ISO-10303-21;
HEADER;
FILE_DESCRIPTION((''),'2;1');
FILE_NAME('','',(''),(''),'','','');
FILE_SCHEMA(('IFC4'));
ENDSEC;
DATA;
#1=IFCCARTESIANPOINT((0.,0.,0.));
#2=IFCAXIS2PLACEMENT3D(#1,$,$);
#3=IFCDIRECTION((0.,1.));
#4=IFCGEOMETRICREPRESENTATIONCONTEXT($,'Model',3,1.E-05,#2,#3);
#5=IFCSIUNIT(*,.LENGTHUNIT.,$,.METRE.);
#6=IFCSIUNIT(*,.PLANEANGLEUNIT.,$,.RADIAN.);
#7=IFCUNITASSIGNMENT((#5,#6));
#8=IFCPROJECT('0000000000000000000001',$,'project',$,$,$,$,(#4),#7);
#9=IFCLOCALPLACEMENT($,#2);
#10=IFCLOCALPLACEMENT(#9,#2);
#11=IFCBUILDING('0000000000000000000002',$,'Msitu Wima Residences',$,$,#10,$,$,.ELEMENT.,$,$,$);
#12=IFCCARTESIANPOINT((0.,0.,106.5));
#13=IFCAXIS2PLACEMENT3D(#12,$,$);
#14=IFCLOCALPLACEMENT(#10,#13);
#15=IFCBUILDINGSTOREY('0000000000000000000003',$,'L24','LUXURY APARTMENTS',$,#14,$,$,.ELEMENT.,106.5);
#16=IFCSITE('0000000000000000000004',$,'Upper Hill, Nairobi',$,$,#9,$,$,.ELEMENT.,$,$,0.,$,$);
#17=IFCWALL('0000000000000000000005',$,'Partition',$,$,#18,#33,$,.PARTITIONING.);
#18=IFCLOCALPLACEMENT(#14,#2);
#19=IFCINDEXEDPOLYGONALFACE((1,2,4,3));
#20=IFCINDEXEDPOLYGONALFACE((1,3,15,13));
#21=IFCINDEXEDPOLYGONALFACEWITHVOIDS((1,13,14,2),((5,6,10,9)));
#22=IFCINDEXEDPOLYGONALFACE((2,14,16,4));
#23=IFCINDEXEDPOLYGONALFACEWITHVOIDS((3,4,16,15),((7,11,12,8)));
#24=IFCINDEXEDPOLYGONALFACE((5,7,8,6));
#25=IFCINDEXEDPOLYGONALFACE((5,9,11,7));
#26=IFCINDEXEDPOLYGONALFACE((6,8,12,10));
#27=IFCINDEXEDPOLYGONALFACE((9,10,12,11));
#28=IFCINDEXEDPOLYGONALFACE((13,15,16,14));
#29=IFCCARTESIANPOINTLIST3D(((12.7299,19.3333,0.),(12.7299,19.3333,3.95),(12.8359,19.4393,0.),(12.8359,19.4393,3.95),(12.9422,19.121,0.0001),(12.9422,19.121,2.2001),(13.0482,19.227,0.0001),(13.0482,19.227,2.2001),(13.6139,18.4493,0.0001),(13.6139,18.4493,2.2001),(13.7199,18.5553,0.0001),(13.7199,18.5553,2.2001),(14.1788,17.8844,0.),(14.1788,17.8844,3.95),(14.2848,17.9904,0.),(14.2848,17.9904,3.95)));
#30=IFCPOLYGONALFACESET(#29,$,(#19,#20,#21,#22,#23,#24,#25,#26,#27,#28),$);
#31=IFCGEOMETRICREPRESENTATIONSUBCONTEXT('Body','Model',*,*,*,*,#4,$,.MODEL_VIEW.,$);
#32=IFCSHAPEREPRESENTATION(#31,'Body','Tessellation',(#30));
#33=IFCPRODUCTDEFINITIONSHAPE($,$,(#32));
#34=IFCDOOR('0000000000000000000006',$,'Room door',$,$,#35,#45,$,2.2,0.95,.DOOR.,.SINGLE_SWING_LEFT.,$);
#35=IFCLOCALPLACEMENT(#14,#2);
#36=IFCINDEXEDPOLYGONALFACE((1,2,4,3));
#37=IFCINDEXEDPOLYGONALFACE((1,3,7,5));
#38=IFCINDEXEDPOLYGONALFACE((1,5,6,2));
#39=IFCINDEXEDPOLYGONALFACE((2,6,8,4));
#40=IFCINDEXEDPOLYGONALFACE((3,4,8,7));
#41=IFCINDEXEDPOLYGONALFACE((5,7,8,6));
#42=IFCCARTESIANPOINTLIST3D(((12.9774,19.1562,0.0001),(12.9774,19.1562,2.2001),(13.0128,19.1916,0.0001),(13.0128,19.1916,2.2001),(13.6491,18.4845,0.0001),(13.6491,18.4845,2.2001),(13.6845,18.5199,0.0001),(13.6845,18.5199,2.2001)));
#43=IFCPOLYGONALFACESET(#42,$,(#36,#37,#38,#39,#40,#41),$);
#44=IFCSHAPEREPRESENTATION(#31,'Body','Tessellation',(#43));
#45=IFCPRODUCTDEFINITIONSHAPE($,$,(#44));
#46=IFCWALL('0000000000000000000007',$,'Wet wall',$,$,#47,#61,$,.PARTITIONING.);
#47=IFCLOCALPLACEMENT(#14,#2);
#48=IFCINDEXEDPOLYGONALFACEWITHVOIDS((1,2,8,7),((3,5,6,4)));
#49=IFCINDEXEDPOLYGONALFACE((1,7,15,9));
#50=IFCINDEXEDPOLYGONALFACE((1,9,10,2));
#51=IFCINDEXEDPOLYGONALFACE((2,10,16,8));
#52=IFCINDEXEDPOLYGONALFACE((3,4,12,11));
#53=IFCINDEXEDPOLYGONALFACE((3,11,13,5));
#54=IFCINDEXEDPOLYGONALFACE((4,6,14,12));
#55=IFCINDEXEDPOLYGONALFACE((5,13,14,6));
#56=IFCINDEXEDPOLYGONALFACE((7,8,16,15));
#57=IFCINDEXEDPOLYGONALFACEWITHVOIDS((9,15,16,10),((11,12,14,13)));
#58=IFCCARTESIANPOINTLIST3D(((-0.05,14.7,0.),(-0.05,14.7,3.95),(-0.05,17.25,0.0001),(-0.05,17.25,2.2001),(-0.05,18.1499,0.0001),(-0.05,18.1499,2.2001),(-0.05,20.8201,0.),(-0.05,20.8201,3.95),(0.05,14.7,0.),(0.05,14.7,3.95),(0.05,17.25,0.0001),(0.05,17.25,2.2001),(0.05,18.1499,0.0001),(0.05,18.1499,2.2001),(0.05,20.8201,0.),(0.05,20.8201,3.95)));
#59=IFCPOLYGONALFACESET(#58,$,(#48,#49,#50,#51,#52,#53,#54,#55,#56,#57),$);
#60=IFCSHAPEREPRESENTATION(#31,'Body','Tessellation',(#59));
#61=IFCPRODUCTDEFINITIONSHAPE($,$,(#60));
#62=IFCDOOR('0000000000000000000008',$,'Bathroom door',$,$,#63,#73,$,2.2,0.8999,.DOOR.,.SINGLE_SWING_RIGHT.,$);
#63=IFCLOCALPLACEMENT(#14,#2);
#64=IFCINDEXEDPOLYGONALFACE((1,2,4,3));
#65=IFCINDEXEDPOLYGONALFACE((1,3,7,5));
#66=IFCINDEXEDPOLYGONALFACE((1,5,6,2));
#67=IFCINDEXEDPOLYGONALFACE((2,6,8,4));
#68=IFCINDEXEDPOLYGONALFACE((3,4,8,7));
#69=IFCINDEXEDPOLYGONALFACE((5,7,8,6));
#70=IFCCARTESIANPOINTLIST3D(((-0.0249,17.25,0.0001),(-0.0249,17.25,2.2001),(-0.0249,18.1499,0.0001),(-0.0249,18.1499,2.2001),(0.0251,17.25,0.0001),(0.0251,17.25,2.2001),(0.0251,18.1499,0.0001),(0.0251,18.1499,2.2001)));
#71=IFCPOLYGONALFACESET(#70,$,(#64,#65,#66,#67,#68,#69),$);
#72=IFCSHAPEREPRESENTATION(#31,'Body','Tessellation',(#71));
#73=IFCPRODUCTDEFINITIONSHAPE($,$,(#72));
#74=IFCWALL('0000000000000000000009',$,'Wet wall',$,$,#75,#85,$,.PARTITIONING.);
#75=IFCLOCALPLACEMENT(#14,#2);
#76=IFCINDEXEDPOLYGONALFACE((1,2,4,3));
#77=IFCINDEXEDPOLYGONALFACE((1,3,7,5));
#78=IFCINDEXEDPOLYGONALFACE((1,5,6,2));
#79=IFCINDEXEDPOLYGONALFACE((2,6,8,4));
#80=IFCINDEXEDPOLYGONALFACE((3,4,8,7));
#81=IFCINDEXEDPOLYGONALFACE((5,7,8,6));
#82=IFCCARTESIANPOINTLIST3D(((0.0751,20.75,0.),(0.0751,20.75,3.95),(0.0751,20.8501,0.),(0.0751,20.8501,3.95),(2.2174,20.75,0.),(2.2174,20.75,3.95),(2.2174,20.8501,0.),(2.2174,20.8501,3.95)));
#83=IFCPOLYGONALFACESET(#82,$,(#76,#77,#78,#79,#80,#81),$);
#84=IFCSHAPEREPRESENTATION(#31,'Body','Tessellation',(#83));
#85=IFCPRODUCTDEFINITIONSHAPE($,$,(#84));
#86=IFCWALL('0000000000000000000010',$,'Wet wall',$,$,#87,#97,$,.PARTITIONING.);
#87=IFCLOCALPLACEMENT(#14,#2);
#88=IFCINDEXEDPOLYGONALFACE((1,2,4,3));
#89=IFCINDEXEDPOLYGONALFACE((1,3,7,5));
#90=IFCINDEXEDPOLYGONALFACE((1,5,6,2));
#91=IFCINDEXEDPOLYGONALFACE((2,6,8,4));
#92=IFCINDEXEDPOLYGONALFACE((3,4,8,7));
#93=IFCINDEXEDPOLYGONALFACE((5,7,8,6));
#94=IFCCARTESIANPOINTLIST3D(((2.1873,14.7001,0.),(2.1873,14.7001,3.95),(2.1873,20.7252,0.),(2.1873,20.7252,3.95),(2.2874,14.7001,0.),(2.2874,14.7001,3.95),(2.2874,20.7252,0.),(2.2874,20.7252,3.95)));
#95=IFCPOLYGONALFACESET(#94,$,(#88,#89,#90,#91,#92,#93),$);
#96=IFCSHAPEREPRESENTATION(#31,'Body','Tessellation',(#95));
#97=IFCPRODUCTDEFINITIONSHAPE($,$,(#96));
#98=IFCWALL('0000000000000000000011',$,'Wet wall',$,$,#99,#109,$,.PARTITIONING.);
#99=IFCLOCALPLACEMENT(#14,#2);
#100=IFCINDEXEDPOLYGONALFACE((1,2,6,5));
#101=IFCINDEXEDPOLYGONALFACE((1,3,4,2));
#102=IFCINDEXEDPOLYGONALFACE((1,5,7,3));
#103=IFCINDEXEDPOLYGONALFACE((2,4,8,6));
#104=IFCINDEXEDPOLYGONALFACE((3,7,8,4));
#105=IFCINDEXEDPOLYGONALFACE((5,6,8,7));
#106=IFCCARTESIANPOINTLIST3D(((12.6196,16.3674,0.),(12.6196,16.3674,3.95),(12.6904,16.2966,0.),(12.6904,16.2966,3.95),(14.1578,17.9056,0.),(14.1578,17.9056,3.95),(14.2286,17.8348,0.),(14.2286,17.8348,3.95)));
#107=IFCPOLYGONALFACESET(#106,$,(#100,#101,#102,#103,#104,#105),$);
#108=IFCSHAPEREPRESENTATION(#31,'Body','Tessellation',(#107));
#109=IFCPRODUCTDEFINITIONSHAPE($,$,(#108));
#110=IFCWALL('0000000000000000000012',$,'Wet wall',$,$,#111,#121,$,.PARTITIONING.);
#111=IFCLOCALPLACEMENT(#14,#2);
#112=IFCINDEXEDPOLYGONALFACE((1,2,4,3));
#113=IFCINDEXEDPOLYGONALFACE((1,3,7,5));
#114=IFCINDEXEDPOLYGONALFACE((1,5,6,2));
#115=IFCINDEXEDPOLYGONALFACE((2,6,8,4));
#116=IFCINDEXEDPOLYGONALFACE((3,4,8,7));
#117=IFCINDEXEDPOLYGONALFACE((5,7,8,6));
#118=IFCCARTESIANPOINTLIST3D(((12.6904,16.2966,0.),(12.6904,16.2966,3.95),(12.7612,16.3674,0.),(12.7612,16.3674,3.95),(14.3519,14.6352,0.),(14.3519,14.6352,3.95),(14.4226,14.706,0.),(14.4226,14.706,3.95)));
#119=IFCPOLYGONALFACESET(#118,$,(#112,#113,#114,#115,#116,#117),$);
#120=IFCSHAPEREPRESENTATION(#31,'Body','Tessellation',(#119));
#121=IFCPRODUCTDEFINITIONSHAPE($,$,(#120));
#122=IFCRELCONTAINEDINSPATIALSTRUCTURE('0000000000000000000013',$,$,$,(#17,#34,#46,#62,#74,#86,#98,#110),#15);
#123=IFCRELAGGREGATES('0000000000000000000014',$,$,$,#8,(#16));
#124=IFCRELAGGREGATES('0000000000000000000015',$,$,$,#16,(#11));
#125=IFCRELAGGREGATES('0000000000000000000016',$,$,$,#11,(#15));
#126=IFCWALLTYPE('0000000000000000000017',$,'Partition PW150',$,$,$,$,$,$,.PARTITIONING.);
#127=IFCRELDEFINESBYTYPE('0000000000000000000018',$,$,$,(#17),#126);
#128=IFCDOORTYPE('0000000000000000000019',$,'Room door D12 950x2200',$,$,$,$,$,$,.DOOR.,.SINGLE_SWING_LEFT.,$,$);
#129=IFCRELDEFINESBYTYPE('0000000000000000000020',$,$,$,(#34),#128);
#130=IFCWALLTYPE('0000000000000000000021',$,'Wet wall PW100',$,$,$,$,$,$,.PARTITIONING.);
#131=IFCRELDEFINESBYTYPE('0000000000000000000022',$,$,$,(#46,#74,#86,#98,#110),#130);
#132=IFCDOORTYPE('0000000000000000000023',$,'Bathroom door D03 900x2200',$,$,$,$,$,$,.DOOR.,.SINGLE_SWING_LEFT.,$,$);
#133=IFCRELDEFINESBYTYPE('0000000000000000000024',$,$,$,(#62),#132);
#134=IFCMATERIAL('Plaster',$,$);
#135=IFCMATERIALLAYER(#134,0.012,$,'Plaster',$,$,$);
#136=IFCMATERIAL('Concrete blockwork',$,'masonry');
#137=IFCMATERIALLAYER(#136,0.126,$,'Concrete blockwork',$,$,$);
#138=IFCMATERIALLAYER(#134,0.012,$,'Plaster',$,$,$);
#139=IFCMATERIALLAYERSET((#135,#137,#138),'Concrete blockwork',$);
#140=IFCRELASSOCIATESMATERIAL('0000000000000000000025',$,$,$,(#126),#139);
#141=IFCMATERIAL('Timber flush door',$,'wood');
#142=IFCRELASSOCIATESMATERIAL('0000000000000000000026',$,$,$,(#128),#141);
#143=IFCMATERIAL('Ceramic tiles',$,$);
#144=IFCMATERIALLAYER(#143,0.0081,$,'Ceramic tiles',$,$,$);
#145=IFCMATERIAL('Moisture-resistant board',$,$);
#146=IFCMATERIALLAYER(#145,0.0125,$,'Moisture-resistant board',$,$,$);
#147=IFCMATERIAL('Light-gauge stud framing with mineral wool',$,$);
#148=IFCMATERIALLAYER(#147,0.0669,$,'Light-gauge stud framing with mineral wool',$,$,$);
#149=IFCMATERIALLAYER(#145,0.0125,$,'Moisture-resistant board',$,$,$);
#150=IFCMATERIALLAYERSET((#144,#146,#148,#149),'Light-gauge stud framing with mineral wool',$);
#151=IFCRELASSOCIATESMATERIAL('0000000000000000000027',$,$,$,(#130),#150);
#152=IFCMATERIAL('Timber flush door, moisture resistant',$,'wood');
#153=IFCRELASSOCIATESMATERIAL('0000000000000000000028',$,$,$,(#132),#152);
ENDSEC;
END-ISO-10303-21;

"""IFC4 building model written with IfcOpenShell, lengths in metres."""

from ifc_helpers import new_model, si_unit, direction, frame, frame_2d, origin, place, context, subcontext, project, spatial, rectangle, extrude, material, layer, layer_set, type_object, element, fill, save


model = new_model("IFC4")

# Units and contexts
model_context = context("Model", 3, precision=1e-05, world=origin(), true_north=direction((0.0, 1.0)))
body_context = subcontext(model_context, "Body", "Model", "MODEL_VIEW")
ifc_project = project(units=[si_unit("LENGTHUNIT", "METRE"), si_unit("PLANEANGLEUNIT", "RADIAN")], contexts=[model_context])

# Site, building, storey
site_placement = place(None, origin())
site = spatial("IfcSite", under=ifc_project, at=site_placement, Name="Upper Hill, Nairobi", CompositionType="ELEMENT", RefElevation=0.0)
building_placement = place(site_placement, origin())
building = spatial("IfcBuilding", under=site, at=building_placement, Name="Msitu Wima Residences", CompositionType="ELEMENT")
storey_placement = place(building_placement, frame((0.0, 0.0, 106.5)))
storey = spatial("IfcBuildingStorey", under=building, at=storey_placement, Name="L24", Description="LUXURY APARTMENTS", CompositionType="ELEMENT", Elevation=106.5)

# Shared definitions
ifc_material_1 = material(Name="Plaster")
ifc_layer_1 = layer(ifc_material_1, 0.012, Name="Plaster")
ifc_material_2 = material(Name="Concrete blockwork", Category="masonry")
ifc_layer_2 = layer(ifc_material_2, 0.126, Name="Concrete blockwork")
ifc_layer_3 = layer(ifc_material_1, 0.012, Name="Plaster")
ifc_layer_set_1 = layer_set([ifc_layer_1, ifc_layer_2, ifc_layer_3], Name="Concrete blockwork")
wall_type_1 = type_object("IfcWallType", Name="Partition PW150", PredefinedType="PARTITIONING", material=ifc_layer_set_1)
ifc_material_3 = material(Name="Timber flush door", Category="wood")
door_type_1 = type_object("IfcDoorType", Name="Room door D12 950x2200", OperationType="SINGLE_SWING_LEFT", PredefinedType="DOOR", material=ifc_material_3)

# Walls, openings, doors
wall_1_placement = place(storey_placement, frame((12.783, 19.3862, 0.0), z_axis=(0.0, 0.0, 1.0), x_axis=(0.707107, -0.707107, 0.0)))
wall_1 = element("IfcWall", 1, at=wall_1_placement, inside=storey, type_object=wall_type_1, Name="Partition", PredefinedType="PARTITIONING", context=body_context, shape_type="SweptSolid", body=[
    extrude(rectangle(XDim=2.0491, YDim=0.1499, at=frame_2d((1.0244, 0.0))), origin(), (0.0, 0.0, 1.0), 3.95),
])
opening_1_placement = place(wall_1_placement, frame((0.3, 0.0, 0.0)))
opening_1 = element("IfcOpeningElement", 2, at=opening_1_placement, cuts=wall_1, PredefinedType="OPENING", context=body_context, shape_type="SweptSolid", body=[
    extrude(rectangle(XDim=0.95, YDim=2.2, at=frame_2d((0.4751, 1.1001))), frame((0.0, 0.085, 0.0), z_axis=(0.0, -1.0, 0.0), x_axis=(1.0, 0.0, 0.0)), (0.0, 0.0, 1.0), 0.1699),
])
door_1_placement = place(opening_1_placement, origin())
door_1 = element("IfcDoor", 3, at=door_1_placement, inside=storey, type_object=door_type_1, Name="Room door", OperationType="SINGLE_SWING_LEFT", OverallHeight=2.2, OverallWidth=0.95, PredefinedType="DOOR", context=body_context, shape_type="SweptSolid", body=[
    extrude(rectangle(XDim=0.95, YDim=2.2, at=frame_2d((0.4751, 1.1001))), frame((0.0, 0.0249, 0.0), z_axis=(0.0, -1.0, 0.0), x_axis=(1.0, 0.0, 0.0)), (0.0, 0.0, 1.0), 0.05),
])
fill(opening_1, door_1)
ifc_material_4 = material(Name="Ceramic tiles")
ifc_layer_4 = layer(ifc_material_4, 0.0081, Name="Ceramic tiles")
ifc_material_5 = material(Name="Moisture-resistant board")
ifc_layer_5 = layer(ifc_material_5, 0.0125, Name="Moisture-resistant board")
ifc_material_6 = material(Name="Light-gauge stud framing with mineral wool")
ifc_layer_6 = layer(ifc_material_6, 0.0669, Name="Light-gauge stud framing with mineral wool")
ifc_layer_7 = layer(ifc_material_5, 0.0125, Name="Moisture-resistant board")
ifc_layer_set_2 = layer_set([ifc_layer_4, ifc_layer_5, ifc_layer_6, ifc_layer_7], Name="Light-gauge stud framing with mineral wool")
wall_type_2 = type_object("IfcWallType", Name="Wet wall PW100", PredefinedType="PARTITIONING", material=ifc_layer_set_2)
wall_2_placement = place(storey_placement, frame((0.0, 14.7, 0.0), z_axis=(0.0, 0.0, 1.0), x_axis=(0.0, 1.0, 0.0)))
wall_2 = element("IfcWall", 4, at=wall_2_placement, inside=storey, type_object=wall_type_2, Name="Wet wall", PredefinedType="PARTITIONING", context=body_context, shape_type="SweptSolid", body=[
    extrude(rectangle(XDim=6.1201, YDim=0.1001, at=frame_2d((3.0601, 0.0))), origin(), (0.0, 0.0, 1.0), 3.95),
])
opening_2_placement = place(wall_2_placement, frame((2.55, 0.0, 0.0)))
opening_2 = element("IfcOpeningElement", 5, at=opening_2_placement, cuts=wall_2, PredefinedType="OPENING", context=body_context, shape_type="SweptSolid", body=[
    extrude(rectangle(XDim=0.8999, YDim=2.2, at=frame_2d((0.45, 1.1001))), frame((0.0, 0.0601, 0.0), z_axis=(0.0, -1.0, 0.0), x_axis=(1.0, 0.0, 0.0)), (0.0, 0.0, 1.0), 0.1201),
])
ifc_material_7 = material(Name="Timber flush door, moisture resistant", Category="wood")
door_type_2 = type_object("IfcDoorType", Name="Bathroom door D03 900x2200", OperationType="SINGLE_SWING_LEFT", PredefinedType="DOOR", material=ifc_material_7)
door_2_placement = place(opening_2_placement, origin())
door_2 = element("IfcDoor", 6, at=door_2_placement, inside=storey, type_object=door_type_2, Name="Bathroom door", OperationType="SINGLE_SWING_RIGHT", OverallHeight=2.2, OverallWidth=0.8999, PredefinedType="DOOR", context=body_context, shape_type="SweptSolid", body=[
    extrude(rectangle(XDim=0.8999, YDim=2.2, at=frame_2d((0.45, 1.1001))), frame((0.0, 0.0249, 0.0), z_axis=(0.0, -1.0, 0.0), x_axis=(1.0, 0.0, 0.0)), (0.0, 0.0, 1.0), 0.05),
])
fill(opening_2, door_2)

# Walls
wall_3_placement = place(storey_placement, frame((0.075, 20.8, 0.0), z_axis=(0.0, 0.0, 1.0), x_axis=(1.0, 0.0, 0.0)))
element("IfcWall", 7, at=wall_3_placement, inside=storey, type_object=wall_type_2, Name="Wet wall", PredefinedType="PARTITIONING", context=body_context, shape_type="SweptSolid", body=[
    extrude(rectangle(XDim=2.1423, YDim=0.1001, at=frame_2d((1.0713, 0.0))), origin(), (0.0, 0.0, 1.0), 3.95),
])
wall_4_placement = place(storey_placement, frame((2.2373, 14.7, 0.0), z_axis=(0.0, 0.0, 1.0), x_axis=(0.0, 1.0, 0.0)))
element("IfcWall", 8, at=wall_4_placement, inside=storey, type_object=wall_type_2, Name="Wet wall", PredefinedType="PARTITIONING", context=body_context, shape_type="SweptSolid", body=[
    extrude(rectangle(XDim=6.0251, YDim=0.1001, at=frame_2d((3.0127, 0.0))), origin(), (0.0, 0.0, 1.0), 3.95),
])
wall_5_placement = place(storey_placement, frame((12.655, 16.332, 0.0), z_axis=(0.0, 0.0, 1.0), x_axis=(0.707107, 0.707107, 0.0)))
element("IfcWall", 9, at=wall_5_placement, inside=storey, type_object=wall_type_2, Name="Wet wall", PredefinedType="PARTITIONING", context=body_context, shape_type="SweptSolid", body=[
    extrude(rectangle(XDim=2.1753, YDim=0.1001, at=frame_2d((1.0876, 0.0))), origin(), (0.0, 0.0, 1.0), 3.95),
])
wall_6_placement = place(storey_placement, frame((12.7258, 16.332, 0.0), z_axis=(0.0, 0.0, 1.0), x_axis=(0.707107, -0.707107, 0.0)))
element("IfcWall", 10, at=wall_6_placement, inside=storey, type_object=wall_type_2, Name="Wet wall", PredefinedType="PARTITIONING", context=body_context, shape_type="SweptSolid", body=[
    extrude(rectangle(XDim=2.3496, YDim=0.1001, at=frame_2d((1.1748, 0.0))), origin(), (0.0, 0.0, 1.0), 3.95),
])

save(model, "model.ifc")
